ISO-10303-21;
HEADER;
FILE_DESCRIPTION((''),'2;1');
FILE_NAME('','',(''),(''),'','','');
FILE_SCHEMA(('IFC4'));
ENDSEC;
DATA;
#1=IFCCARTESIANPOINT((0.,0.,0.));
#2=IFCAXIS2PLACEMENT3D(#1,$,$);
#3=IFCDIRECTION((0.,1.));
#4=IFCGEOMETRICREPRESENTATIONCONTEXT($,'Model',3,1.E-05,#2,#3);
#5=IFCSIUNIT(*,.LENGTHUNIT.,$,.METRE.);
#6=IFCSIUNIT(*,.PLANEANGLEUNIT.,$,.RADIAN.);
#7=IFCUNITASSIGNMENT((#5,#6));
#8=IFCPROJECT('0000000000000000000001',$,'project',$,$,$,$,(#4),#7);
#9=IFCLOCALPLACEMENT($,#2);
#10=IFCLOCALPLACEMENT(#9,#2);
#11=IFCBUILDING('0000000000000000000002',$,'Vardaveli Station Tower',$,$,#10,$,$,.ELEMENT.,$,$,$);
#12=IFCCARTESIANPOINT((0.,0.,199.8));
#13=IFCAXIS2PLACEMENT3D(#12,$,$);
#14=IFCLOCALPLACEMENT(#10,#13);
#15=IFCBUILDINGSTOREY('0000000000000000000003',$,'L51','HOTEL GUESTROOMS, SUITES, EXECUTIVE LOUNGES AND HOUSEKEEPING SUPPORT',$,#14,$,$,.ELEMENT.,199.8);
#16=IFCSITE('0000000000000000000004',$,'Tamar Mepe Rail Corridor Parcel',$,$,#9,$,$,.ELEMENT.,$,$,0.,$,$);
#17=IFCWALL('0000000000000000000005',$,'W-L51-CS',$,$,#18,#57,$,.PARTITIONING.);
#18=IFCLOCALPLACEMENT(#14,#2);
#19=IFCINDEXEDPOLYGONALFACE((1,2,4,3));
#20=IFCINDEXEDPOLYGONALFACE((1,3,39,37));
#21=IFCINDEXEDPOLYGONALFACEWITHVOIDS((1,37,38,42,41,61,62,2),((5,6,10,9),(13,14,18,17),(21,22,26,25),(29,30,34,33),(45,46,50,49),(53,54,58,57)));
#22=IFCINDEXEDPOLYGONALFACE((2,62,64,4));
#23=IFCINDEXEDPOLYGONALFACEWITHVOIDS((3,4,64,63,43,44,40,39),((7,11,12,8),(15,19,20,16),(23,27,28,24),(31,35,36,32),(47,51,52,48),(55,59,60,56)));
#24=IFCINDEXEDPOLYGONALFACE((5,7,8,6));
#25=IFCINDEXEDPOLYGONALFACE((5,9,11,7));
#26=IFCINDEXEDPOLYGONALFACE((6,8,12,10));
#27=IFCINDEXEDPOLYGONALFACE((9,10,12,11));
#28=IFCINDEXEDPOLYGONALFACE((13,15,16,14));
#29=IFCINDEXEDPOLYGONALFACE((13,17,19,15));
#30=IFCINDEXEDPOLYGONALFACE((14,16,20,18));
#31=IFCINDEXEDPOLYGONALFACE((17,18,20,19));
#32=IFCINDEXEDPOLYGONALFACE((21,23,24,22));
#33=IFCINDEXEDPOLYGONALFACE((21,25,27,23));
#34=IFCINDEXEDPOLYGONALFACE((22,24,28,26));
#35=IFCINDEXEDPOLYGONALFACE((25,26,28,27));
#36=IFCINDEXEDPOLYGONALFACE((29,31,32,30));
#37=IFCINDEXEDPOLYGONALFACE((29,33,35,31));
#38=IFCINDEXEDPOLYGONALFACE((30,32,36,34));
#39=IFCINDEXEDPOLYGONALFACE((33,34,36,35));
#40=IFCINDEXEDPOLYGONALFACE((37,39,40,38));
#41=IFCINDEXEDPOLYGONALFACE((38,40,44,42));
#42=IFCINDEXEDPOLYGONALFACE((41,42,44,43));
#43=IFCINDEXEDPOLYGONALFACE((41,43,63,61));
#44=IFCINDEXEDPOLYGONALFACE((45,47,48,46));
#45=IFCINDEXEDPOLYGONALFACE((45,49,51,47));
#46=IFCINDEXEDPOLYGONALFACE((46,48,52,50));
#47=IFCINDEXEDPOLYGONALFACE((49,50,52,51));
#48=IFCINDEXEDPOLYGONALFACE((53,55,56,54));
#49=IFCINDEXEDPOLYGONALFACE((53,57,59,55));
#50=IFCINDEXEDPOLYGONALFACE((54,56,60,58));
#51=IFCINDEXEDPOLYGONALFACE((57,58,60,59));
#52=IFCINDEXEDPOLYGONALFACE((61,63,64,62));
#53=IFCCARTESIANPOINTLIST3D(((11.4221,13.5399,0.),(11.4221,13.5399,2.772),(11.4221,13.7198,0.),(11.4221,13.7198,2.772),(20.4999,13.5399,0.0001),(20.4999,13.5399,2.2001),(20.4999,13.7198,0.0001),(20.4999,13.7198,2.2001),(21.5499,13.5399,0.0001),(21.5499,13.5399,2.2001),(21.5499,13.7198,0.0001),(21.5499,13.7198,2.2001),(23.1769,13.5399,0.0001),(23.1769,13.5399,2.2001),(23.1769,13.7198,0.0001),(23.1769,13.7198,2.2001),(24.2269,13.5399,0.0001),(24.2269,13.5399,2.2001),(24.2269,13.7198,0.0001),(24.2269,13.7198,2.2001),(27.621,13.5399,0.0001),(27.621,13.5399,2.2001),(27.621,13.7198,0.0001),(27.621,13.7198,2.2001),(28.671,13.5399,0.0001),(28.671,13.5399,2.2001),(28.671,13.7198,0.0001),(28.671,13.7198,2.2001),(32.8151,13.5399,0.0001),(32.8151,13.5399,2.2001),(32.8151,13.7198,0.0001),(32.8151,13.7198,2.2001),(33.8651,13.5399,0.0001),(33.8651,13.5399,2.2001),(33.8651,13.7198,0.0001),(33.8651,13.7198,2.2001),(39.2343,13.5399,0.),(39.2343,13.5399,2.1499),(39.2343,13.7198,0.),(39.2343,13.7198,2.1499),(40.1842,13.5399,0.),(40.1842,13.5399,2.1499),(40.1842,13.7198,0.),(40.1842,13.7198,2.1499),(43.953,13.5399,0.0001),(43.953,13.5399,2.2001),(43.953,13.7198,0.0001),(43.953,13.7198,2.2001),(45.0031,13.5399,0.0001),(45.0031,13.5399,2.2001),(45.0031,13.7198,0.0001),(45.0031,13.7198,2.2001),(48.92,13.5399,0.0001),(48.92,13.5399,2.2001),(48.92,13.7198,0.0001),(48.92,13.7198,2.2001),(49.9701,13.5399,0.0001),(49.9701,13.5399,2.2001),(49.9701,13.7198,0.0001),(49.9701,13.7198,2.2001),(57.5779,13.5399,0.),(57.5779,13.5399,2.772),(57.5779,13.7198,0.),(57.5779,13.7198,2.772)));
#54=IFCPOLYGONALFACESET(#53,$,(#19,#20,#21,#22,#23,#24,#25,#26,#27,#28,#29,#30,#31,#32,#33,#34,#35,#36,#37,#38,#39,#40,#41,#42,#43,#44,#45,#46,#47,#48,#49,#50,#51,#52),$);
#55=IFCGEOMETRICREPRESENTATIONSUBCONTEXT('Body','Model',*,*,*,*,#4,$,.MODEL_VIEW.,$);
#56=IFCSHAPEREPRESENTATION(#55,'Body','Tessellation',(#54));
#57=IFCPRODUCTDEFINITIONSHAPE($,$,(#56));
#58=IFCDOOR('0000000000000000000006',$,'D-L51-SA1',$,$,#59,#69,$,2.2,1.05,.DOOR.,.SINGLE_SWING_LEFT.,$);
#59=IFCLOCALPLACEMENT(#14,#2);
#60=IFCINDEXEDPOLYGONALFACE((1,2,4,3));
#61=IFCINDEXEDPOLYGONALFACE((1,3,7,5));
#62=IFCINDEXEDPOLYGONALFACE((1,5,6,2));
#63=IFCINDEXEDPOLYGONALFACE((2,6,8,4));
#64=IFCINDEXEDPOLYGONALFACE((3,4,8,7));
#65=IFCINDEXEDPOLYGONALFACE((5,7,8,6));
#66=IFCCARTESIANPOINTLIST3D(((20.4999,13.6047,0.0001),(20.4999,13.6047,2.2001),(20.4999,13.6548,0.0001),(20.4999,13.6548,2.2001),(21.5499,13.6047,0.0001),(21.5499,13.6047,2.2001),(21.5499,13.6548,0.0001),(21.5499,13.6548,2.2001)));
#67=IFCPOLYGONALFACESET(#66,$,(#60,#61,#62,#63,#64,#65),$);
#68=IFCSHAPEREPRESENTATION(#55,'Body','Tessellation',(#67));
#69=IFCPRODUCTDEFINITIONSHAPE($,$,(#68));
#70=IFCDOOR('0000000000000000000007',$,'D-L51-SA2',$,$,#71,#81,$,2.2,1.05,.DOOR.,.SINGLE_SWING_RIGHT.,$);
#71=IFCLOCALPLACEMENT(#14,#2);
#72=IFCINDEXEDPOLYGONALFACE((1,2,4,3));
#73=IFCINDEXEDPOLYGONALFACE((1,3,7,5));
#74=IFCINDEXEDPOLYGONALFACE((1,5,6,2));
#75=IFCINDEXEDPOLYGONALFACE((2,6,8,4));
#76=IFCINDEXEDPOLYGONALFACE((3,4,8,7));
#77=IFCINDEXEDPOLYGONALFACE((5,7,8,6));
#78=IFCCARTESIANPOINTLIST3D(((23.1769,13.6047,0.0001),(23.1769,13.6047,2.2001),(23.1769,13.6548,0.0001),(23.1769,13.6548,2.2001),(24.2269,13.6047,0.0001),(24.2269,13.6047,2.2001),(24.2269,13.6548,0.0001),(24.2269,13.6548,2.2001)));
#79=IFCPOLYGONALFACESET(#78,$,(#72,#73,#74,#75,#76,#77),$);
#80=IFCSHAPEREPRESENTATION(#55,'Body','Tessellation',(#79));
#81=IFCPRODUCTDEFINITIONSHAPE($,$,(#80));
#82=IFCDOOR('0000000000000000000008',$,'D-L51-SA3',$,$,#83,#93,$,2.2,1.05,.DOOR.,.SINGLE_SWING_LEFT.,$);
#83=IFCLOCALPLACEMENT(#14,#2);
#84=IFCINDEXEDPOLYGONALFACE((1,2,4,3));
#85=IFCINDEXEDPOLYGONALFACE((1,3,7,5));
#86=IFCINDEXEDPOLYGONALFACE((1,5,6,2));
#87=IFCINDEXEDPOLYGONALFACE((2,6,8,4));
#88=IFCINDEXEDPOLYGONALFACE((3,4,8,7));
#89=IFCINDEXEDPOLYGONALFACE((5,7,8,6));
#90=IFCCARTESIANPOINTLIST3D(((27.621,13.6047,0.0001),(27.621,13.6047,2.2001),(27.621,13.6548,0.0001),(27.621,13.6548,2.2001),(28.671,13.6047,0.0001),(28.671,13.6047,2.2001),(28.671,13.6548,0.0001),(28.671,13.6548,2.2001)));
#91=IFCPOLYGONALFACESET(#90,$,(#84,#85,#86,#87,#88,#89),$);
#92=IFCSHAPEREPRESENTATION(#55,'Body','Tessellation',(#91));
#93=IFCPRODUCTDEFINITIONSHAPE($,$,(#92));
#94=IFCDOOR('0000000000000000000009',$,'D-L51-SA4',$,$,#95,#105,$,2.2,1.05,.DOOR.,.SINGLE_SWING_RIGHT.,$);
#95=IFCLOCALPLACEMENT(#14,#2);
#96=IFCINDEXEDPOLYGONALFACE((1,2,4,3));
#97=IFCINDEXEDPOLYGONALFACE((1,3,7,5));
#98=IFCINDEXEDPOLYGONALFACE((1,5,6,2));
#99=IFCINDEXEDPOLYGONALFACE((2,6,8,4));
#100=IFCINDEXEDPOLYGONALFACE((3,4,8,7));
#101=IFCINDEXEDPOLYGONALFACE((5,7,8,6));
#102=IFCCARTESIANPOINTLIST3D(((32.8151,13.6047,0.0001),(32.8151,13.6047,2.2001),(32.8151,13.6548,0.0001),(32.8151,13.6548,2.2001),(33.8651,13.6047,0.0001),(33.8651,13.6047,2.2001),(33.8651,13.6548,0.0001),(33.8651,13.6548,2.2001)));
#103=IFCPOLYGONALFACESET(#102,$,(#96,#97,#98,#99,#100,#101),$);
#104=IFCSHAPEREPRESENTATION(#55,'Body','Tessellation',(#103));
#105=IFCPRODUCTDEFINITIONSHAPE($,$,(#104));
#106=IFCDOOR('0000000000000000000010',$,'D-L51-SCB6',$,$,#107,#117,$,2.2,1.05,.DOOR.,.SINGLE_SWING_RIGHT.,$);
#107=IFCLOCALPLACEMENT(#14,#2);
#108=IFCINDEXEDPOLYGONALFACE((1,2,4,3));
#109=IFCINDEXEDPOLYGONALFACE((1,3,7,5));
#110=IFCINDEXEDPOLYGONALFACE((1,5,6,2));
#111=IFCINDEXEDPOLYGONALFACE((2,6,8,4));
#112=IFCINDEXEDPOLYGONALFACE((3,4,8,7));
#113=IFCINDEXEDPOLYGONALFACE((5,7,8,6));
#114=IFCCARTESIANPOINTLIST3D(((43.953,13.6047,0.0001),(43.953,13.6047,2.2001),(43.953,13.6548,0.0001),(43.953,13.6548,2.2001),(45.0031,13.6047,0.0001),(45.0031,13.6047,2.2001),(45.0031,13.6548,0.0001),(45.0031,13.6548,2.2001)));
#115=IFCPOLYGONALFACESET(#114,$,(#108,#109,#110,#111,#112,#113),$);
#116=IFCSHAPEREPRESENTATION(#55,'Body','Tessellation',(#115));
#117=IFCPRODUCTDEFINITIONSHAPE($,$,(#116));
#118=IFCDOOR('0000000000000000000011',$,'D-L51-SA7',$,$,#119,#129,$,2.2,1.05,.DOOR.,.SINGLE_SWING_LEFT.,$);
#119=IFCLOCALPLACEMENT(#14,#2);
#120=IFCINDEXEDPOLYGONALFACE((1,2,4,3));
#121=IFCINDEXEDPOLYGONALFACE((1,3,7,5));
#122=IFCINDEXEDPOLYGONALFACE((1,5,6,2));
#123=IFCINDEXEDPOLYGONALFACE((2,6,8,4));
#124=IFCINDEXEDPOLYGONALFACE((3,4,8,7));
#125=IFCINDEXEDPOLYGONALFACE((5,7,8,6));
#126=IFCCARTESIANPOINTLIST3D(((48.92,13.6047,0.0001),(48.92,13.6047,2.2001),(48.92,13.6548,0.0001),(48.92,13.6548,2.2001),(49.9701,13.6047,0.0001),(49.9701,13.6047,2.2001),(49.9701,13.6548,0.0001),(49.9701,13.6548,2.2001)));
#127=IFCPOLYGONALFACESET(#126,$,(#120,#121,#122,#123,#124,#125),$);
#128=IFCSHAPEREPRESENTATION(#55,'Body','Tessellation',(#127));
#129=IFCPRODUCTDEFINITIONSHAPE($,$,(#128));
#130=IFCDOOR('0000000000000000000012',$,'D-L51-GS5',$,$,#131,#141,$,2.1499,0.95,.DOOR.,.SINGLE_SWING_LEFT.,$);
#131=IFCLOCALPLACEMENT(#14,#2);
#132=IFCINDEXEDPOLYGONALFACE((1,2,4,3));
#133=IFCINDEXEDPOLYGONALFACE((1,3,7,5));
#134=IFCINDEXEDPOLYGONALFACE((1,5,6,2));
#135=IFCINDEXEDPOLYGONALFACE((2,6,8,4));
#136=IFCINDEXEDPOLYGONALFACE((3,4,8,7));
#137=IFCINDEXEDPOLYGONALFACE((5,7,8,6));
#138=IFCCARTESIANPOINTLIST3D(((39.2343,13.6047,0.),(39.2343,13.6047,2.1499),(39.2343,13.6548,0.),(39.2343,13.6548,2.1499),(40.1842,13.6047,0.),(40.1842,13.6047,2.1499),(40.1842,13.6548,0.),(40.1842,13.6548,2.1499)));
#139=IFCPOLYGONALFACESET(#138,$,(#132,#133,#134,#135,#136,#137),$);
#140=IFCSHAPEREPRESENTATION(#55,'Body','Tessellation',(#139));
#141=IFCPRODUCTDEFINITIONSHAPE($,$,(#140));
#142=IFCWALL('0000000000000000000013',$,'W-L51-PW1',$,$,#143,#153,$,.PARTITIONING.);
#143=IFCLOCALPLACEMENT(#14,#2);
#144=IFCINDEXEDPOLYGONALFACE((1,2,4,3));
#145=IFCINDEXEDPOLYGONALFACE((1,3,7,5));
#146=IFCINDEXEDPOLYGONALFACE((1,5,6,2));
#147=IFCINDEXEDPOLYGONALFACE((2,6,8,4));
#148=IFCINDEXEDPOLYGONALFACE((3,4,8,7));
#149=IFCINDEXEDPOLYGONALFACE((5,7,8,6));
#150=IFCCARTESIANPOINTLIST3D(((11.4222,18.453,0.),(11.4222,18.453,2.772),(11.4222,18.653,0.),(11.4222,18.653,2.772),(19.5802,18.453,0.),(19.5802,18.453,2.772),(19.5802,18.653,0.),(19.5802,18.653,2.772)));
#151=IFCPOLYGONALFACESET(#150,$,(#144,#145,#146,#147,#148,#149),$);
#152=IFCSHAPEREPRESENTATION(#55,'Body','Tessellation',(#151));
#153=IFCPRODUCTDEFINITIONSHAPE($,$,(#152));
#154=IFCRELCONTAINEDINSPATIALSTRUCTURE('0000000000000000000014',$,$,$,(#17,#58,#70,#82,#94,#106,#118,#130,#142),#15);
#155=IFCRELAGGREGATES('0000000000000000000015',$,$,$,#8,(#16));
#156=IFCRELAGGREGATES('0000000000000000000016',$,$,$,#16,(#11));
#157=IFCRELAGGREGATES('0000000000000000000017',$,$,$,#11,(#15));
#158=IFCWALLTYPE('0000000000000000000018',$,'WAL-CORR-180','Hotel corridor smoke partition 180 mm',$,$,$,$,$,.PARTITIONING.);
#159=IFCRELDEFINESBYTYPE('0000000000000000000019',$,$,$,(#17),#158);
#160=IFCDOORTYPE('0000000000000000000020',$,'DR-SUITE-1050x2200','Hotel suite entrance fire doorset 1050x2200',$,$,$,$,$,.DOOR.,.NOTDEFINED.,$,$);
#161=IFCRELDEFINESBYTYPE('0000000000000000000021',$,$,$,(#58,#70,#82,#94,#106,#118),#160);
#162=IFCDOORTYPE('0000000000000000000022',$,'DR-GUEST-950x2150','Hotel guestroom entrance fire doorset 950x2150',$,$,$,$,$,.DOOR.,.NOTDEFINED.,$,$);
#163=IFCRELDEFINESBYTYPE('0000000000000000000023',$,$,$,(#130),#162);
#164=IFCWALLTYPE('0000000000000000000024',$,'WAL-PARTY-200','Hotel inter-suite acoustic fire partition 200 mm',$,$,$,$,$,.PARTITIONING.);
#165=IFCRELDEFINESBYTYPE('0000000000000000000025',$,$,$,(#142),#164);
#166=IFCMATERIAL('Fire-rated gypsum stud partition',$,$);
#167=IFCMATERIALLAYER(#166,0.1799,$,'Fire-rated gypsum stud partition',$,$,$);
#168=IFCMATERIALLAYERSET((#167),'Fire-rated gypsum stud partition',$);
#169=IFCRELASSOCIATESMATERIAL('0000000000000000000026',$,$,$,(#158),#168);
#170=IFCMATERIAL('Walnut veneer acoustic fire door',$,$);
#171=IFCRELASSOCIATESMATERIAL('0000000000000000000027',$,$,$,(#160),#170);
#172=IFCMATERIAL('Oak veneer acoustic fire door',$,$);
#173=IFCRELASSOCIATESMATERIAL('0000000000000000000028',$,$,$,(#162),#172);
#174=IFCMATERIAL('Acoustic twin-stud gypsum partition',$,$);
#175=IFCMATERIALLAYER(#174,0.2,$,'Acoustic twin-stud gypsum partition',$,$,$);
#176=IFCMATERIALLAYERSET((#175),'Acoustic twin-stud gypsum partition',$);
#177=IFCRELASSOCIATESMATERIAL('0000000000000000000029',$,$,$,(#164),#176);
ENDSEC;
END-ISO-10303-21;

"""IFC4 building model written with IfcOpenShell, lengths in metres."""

from ifc_helpers import new_model, si_unit, direction, frame, frame_2d, origin, place, context, subcontext, project, spatial, rectangle, extrude, source, transform, mapped, material, layer, layer_set, type_object, element, fill, save


model = new_model("IFC4")

# Units and contexts
model_context = context("Model", 3, precision=1e-05, world=origin(), true_north=direction((0.0, 1.0)))
body_context = subcontext(model_context, "Body", "Model", "MODEL_VIEW")
ifc_project = project(units=[si_unit("LENGTHUNIT", "METRE"), si_unit("PLANEANGLEUNIT", "RADIAN")], contexts=[model_context])

# Site, building, storey
site_placement = place(None, origin())
site = spatial("IfcSite", under=ifc_project, at=site_placement, Name="Tamar Mepe Rail Corridor Parcel", CompositionType="ELEMENT", RefElevation=0.0)
building_placement = place(site_placement, origin())
building = spatial("IfcBuilding", under=site, at=building_placement, Name="Vardaveli Station Tower", CompositionType="ELEMENT")
storey_placement = place(building_placement, frame((0.0, 0.0, 199.8)))
storey = spatial("IfcBuildingStorey", under=building, at=storey_placement, Name="L51", Description="HOTEL GUESTROOMS, SUITES, EXECUTIVE LOUNGES AND HOUSEKEEPING SUPPORT", CompositionType="ELEMENT", Elevation=199.8)

# Wall, openings, doors
ifc_material_1 = material(Name="Fire-rated gypsum stud partition")
ifc_layer_1 = layer(ifc_material_1, 0.1799, Name="Fire-rated gypsum stud partition")
ifc_layer_set_1 = layer_set([ifc_layer_1], Name="Fire-rated gypsum stud partition")
wall_type_1 = type_object("IfcWallType", Name="WAL-CORR-180", Description="Hotel corridor smoke partition 180 mm", PredefinedType="PARTITIONING", material=ifc_layer_set_1)
shared_shape_1 = source(origin(), body_context, "Body", "SweptSolid", [
    extrude(rectangle(XDim=46.1558, YDim=0.1799, at=frame_2d((23.0779, 0.0))), origin(), (0.0, 0.0, 1.0), 2.772),
])
wall_1_placement = place(storey_placement, frame((11.4221, 13.6299, 0.0), z_axis=(0.0, 0.0, 1.0), x_axis=(1.0, 0.0, 0.0)))
wall_1 = element("IfcWall", 1, at=wall_1_placement, inside=storey, type_object=wall_type_1, Name="W-L51-CS", PredefinedType="PARTITIONING", context=body_context, shape_type="MappedRepresentation", body=[
    mapped(shared_shape_1, transform((0.0, 0.0, 0.0), scale=1.0)),
])
shared_shape_2 = source(origin(), body_context, "Body", "SweptSolid", [
    extrude(rectangle(XDim=1.05, YDim=2.2, at=frame_2d((0.5249, 1.1001))), frame((0.0, 0.1001, 0.0), z_axis=(0.0, -1.0, 0.0), x_axis=(1.0, 0.0, 0.0)), (0.0, 0.0, 1.0), 0.2),
])
opening_1_placement = place(wall_1_placement, frame((9.0779, 0.0, 0.0)))
opening_1 = element("IfcOpeningElement", 2, at=opening_1_placement, cuts=wall_1, PredefinedType="OPENING", context=body_context, shape_type="MappedRepresentation", body=[
    mapped(shared_shape_2, transform((0.0, 0.0, 0.0), scale=1.0)),
])
opening_2_placement = place(wall_1_placement, frame((11.7549, 0.0, 0.0)))
opening_2 = element("IfcOpeningElement", 3, at=opening_2_placement, cuts=wall_1, PredefinedType="OPENING", context=body_context, shape_type="MappedRepresentation", body=[
    mapped(shared_shape_2, transform((0.0, 0.0, 0.0), scale=1.0)),
])
opening_3_placement = place(wall_1_placement, frame((16.199, 0.0, 0.0)))
opening_3 = element("IfcOpeningElement", 4, at=opening_3_placement, cuts=wall_1, PredefinedType="OPENING", context=body_context, shape_type="MappedRepresentation", body=[
    mapped(shared_shape_2, transform((0.0, 0.0, 0.0), scale=1.0)),
])
opening_4_placement = place(wall_1_placement, frame((21.3931, 0.0, 0.0)))
opening_4 = element("IfcOpeningElement", 5, at=opening_4_placement, cuts=wall_1, PredefinedType="OPENING", context=body_context, shape_type="MappedRepresentation", body=[
    mapped(shared_shape_2, transform((0.0, 0.0, 0.0), scale=1.0)),
])
shared_shape_3 = source(origin(), body_context, "Body", "SweptSolid", [
    extrude(rectangle(XDim=0.95, YDim=2.1499, at=frame_2d((0.4751, 1.075))), frame((0.0, 0.1001, 0.0), z_axis=(0.0, -1.0, 0.0), x_axis=(1.0, 0.0, 0.0)), (0.0, 0.0, 1.0), 0.2),
])
opening_5_placement = place(wall_1_placement, frame((27.812, 0.0, 0.0)))
opening_5 = element("IfcOpeningElement", 6, at=opening_5_placement, cuts=wall_1, PredefinedType="OPENING", context=body_context, shape_type="MappedRepresentation", body=[
    mapped(shared_shape_3, transform((0.0, 0.0, 0.0), scale=1.0)),
])
opening_6_placement = place(wall_1_placement, frame((32.531, 0.0, 0.0)))
opening_6 = element("IfcOpeningElement", 7, at=opening_6_placement, cuts=wall_1, PredefinedType="OPENING", context=body_context, shape_type="MappedRepresentation", body=[
    mapped(shared_shape_2, transform((0.0, 0.0, 0.0), scale=1.0)),
])
opening_7_placement = place(wall_1_placement, frame((37.498, 0.0, 0.0)))
opening_7 = element("IfcOpeningElement", 8, at=opening_7_placement, cuts=wall_1, PredefinedType="OPENING", context=body_context, shape_type="MappedRepresentation", body=[
    mapped(shared_shape_2, transform((0.0, 0.0, 0.0), scale=1.0)),
])
ifc_material_2 = material(Name="Walnut veneer acoustic fire door")
door_type_1 = type_object("IfcDoorType", Name="DR-SUITE-1050x2200", Description="Hotel suite entrance fire doorset 1050x2200", OperationType="NOTDEFINED", PredefinedType="DOOR", material=ifc_material_2)
shared_shape_4 = source(origin(), body_context, "Body", "SweptSolid", [
    extrude(rectangle(XDim=1.05, YDim=2.2, at=frame_2d((0.5249, 1.1001))), frame((0.0, 0.0249, 0.0), z_axis=(0.0, -1.0, 0.0), x_axis=(1.0, 0.0, 0.0)), (0.0, 0.0, 1.0), 0.05),
])
door_1_placement = place(opening_1_placement, origin())
door_1 = element("IfcDoor", 9, at=door_1_placement, inside=storey, type_object=door_type_1, Name="D-L51-SA1", OperationType="SINGLE_SWING_LEFT", OverallHeight=2.2, OverallWidth=1.05, PredefinedType="DOOR", context=body_context, shape_type="MappedRepresentation", body=[
    mapped(shared_shape_4, transform((0.0, 0.0, 0.0), scale=1.0)),
])
fill(opening_1, door_1)
door_2_placement = place(opening_2_placement, origin())
door_2 = element("IfcDoor", 10, at=door_2_placement, inside=storey, type_object=door_type_1, Name="D-L51-SA2", OperationType="SINGLE_SWING_RIGHT", OverallHeight=2.2, OverallWidth=1.05, PredefinedType="DOOR", context=body_context, shape_type="MappedRepresentation", body=[
    mapped(shared_shape_4, transform((0.0, 0.0, 0.0), scale=1.0)),
])
fill(opening_2, door_2)
door_3_placement = place(opening_3_placement, origin())
door_3 = element("IfcDoor", 11, at=door_3_placement, inside=storey, type_object=door_type_1, Name="D-L51-SA3", OperationType="SINGLE_SWING_LEFT", OverallHeight=2.2, OverallWidth=1.05, PredefinedType="DOOR", context=body_context, shape_type="MappedRepresentation", body=[
    mapped(shared_shape_4, transform((0.0, 0.0, 0.0), scale=1.0)),
])
fill(opening_3, door_3)
door_4_placement = place(opening_4_placement, origin())
door_4 = element("IfcDoor", 12, at=door_4_placement, inside=storey, type_object=door_type_1, Name="D-L51-SA4", OperationType="SINGLE_SWING_RIGHT", OverallHeight=2.2, OverallWidth=1.05, PredefinedType="DOOR", context=body_context, shape_type="MappedRepresentation", body=[
    mapped(shared_shape_4, transform((0.0, 0.0, 0.0), scale=1.0)),
])
fill(opening_4, door_4)
door_5_placement = place(opening_6_placement, origin())
door_5 = element("IfcDoor", 13, at=door_5_placement, inside=storey, type_object=door_type_1, Name="D-L51-SCB6", OperationType="SINGLE_SWING_RIGHT", OverallHeight=2.2, OverallWidth=1.05, PredefinedType="DOOR", context=body_context, shape_type="MappedRepresentation", body=[
    mapped(shared_shape_4, transform((0.0, 0.0, 0.0), scale=1.0)),
])
fill(opening_6, door_5)
door_6_placement = place(opening_7_placement, origin())
door_6 = element("IfcDoor", 14, at=door_6_placement, inside=storey, type_object=door_type_1, Name="D-L51-SA7", OperationType="SINGLE_SWING_LEFT", OverallHeight=2.2, OverallWidth=1.05, PredefinedType="DOOR", context=body_context, shape_type="MappedRepresentation", body=[
    mapped(shared_shape_4, transform((0.0, 0.0, 0.0), scale=1.0)),
])
fill(opening_7, door_6)
ifc_material_3 = material(Name="Oak veneer acoustic fire door")
door_type_2 = type_object("IfcDoorType", Name="DR-GUEST-950x2150", Description="Hotel guestroom entrance fire doorset 950x2150", OperationType="NOTDEFINED", PredefinedType="DOOR", material=ifc_material_3)
shared_shape_5 = source(origin(), body_context, "Body", "SweptSolid", [
    extrude(rectangle(XDim=0.95, YDim=2.1499, at=frame_2d((0.4751, 1.075))), frame((0.0, 0.0249, 0.0), z_axis=(0.0, -1.0, 0.0), x_axis=(1.0, 0.0, 0.0)), (0.0, 0.0, 1.0), 0.05),
])
door_7_placement = place(opening_5_placement, origin())
door_7 = element("IfcDoor", 15, at=door_7_placement, inside=storey, type_object=door_type_2, Name="D-L51-GS5", OperationType="SINGLE_SWING_LEFT", OverallHeight=2.1499, OverallWidth=0.95, PredefinedType="DOOR", context=body_context, shape_type="MappedRepresentation", body=[
    mapped(shared_shape_5, transform((0.0, 0.0, 0.0), scale=1.0)),
])
fill(opening_5, door_7)

# Wall
ifc_material_4 = material(Name="Acoustic twin-stud gypsum partition")
ifc_layer_2 = layer(ifc_material_4, 0.2, Name="Acoustic twin-stud gypsum partition")
ifc_layer_set_2 = layer_set([ifc_layer_2], Name="Acoustic twin-stud gypsum partition")
wall_type_2 = type_object("IfcWallType", Name="WAL-PARTY-200", Description="Hotel inter-suite acoustic fire partition 200 mm", PredefinedType="PARTITIONING", material=ifc_layer_set_2)
shared_shape_6 = source(origin(), body_context, "Body", "SweptSolid", [
    extrude(rectangle(XDim=8.158, YDim=0.2, at=frame_2d((4.0791, 0.0))), origin(), (0.0, 0.0, 1.0), 2.772),
])
wall_2_placement = place(storey_placement, frame((11.4221, 18.553, 0.0), z_axis=(0.0, 0.0, 1.0), x_axis=(1.0, 0.0, 0.0)))
element("IfcWall", 16, at=wall_2_placement, inside=storey, type_object=wall_type_2, Name="W-L51-PW1", PredefinedType="PARTITIONING", context=body_context, shape_type="MappedRepresentation", body=[
    mapped(shared_shape_6, transform((0.0, 0.0, 0.0), scale=1.0)),
])

save(model, "model.ifc")
